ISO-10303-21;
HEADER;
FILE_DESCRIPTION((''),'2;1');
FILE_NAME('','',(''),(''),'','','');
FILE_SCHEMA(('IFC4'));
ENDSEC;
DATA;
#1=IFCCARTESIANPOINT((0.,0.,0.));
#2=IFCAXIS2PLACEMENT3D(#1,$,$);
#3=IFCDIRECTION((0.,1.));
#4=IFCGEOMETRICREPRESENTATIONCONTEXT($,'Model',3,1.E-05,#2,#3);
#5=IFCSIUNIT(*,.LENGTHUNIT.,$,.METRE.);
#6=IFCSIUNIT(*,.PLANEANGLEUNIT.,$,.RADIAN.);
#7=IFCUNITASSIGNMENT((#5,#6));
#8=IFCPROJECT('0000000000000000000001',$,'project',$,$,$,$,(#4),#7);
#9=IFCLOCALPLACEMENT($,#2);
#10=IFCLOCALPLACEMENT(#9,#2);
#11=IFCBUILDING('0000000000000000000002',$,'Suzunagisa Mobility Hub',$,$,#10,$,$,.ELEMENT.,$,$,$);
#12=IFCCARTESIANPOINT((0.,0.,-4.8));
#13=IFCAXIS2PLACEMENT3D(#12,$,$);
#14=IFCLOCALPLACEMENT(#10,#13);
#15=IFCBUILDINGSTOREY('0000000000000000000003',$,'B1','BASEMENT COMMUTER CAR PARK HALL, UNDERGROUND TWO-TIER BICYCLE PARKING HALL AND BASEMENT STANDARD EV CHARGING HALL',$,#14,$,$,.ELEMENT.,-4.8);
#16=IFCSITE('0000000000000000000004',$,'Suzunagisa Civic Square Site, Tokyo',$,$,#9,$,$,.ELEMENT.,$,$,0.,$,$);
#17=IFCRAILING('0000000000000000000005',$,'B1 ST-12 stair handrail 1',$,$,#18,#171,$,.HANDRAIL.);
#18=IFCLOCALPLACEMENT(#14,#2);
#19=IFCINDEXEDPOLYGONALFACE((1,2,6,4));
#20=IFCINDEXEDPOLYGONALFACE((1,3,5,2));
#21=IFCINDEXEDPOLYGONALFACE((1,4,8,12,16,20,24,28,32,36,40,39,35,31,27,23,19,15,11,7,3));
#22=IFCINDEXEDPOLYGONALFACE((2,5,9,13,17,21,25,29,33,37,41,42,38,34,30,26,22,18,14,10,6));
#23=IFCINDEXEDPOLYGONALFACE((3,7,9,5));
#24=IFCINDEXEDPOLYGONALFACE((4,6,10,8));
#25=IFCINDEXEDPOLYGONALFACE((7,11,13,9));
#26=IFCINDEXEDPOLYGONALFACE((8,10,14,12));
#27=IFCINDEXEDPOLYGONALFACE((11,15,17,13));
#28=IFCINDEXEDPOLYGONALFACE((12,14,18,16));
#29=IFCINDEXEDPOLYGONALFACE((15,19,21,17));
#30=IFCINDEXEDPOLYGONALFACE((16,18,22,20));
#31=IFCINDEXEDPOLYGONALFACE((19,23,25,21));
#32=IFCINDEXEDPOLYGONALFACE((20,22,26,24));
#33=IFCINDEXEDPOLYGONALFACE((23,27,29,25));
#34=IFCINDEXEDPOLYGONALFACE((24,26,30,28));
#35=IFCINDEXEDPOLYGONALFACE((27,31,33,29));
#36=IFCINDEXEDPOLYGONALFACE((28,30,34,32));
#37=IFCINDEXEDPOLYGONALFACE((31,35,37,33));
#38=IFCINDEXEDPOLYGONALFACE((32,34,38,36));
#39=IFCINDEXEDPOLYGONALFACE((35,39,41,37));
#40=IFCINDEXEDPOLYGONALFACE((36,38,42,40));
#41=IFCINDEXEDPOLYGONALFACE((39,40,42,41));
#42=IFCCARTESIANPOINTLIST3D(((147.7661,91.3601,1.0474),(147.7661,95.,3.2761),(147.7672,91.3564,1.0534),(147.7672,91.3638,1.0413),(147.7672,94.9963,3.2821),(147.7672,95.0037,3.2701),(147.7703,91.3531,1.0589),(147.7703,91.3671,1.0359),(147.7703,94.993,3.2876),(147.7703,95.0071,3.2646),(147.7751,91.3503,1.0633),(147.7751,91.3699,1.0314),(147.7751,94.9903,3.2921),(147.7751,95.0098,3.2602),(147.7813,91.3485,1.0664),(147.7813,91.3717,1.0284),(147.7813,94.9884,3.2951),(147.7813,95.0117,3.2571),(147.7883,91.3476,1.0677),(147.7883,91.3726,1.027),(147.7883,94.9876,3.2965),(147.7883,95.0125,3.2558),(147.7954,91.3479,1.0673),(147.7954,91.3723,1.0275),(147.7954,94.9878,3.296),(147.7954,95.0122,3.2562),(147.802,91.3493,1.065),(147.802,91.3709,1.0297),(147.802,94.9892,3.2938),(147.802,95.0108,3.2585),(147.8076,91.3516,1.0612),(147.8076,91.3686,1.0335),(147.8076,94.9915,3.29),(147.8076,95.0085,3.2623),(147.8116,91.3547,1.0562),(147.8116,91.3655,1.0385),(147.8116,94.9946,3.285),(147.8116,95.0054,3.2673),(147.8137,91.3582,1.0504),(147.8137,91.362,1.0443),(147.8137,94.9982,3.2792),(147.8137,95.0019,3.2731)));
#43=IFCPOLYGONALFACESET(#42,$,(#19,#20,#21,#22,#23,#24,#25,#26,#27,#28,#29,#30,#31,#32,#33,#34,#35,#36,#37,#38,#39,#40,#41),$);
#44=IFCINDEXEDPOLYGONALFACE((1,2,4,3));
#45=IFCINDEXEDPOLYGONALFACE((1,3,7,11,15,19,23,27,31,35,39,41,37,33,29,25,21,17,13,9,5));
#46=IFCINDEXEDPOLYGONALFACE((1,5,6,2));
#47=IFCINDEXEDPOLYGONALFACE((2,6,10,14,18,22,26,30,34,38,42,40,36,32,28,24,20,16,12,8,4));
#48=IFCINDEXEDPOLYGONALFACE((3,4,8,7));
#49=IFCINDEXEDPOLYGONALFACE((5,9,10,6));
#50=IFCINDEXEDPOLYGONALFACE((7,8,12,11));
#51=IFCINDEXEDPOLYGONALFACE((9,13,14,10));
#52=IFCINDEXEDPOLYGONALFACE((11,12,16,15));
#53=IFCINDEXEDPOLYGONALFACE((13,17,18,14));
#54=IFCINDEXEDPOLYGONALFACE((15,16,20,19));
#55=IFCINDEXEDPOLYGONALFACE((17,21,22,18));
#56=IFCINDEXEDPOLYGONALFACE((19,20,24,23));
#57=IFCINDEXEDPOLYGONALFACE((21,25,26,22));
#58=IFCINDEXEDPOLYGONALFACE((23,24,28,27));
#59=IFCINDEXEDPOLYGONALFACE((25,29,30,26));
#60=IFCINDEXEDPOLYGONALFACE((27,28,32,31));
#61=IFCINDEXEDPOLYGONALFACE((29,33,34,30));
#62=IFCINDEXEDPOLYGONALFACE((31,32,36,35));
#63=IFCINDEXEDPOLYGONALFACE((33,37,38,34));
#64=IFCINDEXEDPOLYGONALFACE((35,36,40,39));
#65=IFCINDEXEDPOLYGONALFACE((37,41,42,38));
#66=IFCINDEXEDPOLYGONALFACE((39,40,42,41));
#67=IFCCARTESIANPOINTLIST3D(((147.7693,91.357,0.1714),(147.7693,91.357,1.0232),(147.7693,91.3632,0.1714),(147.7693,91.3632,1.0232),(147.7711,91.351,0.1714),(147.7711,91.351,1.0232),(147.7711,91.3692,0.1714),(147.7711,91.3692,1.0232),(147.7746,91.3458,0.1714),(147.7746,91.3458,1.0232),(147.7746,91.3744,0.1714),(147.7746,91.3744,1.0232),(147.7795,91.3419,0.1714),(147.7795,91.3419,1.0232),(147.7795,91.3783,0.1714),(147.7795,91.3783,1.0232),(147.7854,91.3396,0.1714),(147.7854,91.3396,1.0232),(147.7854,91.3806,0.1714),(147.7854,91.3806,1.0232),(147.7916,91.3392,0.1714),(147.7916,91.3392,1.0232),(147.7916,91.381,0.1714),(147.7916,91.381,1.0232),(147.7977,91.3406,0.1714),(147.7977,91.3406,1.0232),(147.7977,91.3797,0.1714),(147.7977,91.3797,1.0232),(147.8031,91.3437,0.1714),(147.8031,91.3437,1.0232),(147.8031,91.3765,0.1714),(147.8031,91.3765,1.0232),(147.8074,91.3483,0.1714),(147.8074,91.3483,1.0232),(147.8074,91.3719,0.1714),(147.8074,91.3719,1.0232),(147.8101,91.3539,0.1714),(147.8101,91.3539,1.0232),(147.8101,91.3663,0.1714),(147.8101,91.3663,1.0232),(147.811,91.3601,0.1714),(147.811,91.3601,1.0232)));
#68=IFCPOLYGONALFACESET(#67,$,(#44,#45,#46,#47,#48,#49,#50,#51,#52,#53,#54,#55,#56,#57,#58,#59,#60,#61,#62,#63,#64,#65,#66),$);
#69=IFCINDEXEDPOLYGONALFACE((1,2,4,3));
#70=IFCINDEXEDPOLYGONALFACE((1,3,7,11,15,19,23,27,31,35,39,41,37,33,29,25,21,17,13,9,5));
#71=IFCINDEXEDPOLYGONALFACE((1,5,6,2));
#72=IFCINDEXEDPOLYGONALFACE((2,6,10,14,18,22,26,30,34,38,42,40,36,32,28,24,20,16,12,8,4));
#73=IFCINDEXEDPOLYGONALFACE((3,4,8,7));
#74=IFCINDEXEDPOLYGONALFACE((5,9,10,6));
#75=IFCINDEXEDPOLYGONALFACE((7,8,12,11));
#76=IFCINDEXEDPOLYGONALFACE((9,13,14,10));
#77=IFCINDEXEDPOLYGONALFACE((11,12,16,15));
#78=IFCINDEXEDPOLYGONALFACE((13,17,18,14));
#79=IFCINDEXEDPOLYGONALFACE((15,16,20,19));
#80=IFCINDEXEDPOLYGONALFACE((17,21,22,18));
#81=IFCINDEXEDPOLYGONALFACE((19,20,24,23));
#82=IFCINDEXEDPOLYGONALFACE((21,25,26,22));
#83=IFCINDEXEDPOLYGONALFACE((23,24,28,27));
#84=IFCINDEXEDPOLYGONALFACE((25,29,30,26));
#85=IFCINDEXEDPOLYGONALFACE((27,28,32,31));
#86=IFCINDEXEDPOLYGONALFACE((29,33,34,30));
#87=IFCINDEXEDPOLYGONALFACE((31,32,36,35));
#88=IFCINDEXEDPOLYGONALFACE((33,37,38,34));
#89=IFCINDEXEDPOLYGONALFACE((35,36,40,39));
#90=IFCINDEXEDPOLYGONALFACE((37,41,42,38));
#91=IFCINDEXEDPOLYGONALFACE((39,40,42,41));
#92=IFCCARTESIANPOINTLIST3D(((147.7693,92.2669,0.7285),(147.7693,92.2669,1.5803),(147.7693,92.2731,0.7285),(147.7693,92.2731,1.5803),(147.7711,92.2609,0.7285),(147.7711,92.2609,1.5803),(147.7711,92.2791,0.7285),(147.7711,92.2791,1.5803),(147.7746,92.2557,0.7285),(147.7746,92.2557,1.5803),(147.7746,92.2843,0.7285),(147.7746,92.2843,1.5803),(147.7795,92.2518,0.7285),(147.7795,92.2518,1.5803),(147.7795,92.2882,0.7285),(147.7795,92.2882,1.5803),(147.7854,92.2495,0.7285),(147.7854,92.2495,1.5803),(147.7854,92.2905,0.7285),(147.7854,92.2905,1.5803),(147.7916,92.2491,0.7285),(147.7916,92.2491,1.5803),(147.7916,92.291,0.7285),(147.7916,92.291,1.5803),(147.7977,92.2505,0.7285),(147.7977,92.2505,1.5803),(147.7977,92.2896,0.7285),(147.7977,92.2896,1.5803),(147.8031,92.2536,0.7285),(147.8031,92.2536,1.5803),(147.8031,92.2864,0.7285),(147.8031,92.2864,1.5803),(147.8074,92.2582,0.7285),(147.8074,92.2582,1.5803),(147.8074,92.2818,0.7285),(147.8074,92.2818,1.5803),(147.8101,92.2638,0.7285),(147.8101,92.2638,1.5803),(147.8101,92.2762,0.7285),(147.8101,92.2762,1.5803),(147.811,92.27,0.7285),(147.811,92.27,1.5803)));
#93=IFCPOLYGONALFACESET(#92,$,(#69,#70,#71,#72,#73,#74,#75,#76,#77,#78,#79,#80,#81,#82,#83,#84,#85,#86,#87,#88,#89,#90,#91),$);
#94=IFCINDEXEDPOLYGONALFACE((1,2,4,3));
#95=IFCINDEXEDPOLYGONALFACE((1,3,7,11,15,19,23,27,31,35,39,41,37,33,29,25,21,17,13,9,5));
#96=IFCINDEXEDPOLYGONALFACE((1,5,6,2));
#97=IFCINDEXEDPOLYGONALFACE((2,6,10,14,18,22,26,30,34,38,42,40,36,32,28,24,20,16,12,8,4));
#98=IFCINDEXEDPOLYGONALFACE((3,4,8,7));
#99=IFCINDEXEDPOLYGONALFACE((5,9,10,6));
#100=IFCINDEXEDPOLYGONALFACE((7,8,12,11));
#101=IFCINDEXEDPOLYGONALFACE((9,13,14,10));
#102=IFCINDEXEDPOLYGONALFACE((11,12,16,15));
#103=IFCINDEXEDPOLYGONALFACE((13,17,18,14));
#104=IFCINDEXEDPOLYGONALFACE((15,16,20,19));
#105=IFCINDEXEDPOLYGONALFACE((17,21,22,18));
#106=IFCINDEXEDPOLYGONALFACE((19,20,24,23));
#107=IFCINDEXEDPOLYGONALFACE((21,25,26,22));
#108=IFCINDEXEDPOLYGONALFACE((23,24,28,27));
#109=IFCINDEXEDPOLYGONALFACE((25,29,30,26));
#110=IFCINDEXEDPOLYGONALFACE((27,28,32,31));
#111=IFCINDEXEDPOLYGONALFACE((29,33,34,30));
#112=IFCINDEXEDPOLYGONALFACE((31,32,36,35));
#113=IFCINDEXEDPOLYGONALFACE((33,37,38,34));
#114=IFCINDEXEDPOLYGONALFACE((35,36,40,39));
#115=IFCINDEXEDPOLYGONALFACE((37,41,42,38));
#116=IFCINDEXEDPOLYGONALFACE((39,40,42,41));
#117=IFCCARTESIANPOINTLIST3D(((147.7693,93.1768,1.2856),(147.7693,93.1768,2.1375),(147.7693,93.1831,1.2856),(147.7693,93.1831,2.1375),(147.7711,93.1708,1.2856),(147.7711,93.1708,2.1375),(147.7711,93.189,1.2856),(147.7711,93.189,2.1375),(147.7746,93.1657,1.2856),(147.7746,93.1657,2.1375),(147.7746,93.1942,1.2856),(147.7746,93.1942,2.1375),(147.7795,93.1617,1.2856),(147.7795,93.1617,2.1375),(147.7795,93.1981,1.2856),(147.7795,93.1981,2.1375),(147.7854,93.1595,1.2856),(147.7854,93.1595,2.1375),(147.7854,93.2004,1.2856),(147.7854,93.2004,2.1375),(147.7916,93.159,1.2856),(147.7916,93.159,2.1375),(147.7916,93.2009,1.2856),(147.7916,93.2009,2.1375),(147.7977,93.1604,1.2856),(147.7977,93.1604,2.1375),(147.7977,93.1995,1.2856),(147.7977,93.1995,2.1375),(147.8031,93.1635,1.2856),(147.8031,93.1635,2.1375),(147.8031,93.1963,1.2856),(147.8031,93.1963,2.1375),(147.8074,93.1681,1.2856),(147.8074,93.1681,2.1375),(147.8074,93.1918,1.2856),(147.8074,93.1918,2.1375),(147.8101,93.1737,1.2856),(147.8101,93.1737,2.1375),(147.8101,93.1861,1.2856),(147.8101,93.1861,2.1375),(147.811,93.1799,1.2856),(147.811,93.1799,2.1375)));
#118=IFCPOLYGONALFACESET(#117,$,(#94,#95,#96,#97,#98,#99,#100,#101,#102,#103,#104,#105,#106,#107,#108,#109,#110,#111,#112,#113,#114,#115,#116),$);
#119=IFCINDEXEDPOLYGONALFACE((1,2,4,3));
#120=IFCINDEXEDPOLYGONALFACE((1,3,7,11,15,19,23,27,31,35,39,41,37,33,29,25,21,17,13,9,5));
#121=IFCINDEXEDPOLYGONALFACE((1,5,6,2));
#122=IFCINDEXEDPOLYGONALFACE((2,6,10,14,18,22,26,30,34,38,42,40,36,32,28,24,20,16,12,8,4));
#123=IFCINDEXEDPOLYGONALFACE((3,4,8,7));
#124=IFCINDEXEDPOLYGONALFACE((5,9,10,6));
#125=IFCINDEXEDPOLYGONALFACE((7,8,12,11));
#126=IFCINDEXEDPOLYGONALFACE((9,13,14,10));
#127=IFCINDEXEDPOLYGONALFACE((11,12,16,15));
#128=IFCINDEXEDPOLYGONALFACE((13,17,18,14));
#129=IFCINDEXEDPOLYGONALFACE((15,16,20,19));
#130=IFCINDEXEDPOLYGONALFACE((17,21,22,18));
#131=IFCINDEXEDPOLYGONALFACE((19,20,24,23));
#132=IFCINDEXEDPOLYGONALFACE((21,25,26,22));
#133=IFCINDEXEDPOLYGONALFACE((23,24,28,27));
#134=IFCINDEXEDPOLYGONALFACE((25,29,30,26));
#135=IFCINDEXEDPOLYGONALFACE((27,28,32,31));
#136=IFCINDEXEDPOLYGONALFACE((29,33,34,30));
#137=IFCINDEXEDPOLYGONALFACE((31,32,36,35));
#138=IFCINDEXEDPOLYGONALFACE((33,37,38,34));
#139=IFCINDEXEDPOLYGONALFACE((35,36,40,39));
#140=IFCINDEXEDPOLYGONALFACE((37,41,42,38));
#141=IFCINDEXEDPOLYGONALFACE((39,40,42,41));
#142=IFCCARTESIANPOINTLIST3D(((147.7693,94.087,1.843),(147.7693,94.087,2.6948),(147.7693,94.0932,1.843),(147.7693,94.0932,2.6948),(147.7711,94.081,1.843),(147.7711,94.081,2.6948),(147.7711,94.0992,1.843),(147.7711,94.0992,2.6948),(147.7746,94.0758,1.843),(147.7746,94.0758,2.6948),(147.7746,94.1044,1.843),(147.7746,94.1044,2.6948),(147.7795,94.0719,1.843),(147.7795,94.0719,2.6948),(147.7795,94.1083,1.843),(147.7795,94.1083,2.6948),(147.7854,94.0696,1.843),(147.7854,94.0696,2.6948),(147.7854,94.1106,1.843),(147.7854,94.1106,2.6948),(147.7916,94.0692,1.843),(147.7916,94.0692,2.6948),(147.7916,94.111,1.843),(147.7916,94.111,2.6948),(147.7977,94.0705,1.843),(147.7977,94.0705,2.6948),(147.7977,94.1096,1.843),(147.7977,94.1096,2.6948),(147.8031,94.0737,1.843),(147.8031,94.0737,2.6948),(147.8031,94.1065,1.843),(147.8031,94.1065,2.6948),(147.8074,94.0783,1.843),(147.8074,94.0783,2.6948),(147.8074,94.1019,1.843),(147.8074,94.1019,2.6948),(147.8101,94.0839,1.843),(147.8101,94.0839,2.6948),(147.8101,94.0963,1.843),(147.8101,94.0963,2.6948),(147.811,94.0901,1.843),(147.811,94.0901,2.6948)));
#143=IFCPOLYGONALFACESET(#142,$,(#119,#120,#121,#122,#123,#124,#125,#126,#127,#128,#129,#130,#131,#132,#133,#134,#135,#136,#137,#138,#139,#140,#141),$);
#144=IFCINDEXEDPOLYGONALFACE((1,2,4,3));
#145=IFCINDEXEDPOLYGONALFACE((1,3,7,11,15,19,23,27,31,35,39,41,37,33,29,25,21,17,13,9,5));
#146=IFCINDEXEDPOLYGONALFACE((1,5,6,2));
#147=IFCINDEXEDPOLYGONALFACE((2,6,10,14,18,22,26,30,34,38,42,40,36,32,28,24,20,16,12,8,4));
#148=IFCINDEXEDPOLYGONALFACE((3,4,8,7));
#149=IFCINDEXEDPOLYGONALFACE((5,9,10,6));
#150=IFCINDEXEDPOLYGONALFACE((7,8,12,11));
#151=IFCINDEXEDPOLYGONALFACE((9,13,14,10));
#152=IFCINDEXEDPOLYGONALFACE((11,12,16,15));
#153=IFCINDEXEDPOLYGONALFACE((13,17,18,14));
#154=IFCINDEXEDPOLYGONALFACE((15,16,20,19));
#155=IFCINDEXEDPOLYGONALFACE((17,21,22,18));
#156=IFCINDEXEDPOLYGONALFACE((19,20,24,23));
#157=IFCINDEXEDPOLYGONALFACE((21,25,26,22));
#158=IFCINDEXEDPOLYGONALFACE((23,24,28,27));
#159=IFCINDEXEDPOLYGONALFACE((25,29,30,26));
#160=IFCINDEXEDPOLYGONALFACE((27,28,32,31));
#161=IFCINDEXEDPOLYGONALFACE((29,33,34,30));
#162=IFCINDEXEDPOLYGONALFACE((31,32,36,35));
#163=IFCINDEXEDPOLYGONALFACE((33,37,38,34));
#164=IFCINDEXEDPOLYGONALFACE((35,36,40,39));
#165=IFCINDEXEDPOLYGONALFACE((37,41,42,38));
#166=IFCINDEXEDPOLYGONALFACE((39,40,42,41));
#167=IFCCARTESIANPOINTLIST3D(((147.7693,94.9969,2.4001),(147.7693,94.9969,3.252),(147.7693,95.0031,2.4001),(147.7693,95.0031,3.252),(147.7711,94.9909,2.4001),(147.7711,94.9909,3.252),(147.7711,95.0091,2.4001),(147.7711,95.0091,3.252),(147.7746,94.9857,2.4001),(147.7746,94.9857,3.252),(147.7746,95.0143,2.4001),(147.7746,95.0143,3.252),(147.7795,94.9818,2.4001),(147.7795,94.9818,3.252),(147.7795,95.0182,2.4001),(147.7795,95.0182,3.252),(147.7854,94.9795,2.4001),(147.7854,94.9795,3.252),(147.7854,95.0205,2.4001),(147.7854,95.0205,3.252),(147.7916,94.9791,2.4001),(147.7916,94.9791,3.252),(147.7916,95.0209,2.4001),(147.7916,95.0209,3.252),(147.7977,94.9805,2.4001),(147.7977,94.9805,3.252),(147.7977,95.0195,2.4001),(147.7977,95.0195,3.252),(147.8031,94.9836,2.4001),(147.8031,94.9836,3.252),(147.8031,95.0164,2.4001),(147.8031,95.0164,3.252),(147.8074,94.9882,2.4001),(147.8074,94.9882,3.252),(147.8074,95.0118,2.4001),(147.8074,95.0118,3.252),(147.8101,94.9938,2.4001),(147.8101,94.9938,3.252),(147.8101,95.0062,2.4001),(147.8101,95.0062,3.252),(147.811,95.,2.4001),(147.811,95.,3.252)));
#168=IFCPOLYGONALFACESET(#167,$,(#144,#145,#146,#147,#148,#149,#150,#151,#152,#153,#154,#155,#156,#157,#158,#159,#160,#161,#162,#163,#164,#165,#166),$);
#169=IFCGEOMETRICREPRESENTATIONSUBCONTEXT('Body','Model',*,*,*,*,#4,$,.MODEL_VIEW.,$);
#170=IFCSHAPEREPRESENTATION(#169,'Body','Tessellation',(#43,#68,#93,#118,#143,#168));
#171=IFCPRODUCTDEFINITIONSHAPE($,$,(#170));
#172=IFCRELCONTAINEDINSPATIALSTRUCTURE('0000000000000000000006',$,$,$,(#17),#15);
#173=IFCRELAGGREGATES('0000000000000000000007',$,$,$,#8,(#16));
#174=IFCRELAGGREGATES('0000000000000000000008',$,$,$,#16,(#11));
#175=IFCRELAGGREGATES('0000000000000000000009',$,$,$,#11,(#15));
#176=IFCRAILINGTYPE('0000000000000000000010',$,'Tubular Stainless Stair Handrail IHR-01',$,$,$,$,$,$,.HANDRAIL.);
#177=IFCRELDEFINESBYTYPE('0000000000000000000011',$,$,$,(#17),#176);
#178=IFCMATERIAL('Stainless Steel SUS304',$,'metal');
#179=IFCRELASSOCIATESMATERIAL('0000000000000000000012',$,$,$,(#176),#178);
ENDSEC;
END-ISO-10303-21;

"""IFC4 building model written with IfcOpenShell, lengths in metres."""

from ifc_helpers import new_model, si_unit, direction, frame, origin, origin_2d, place, context, subcontext, project, spatial, circle, extrude, material, type_object, element, save


model = new_model("IFC4")

# Units and contexts
model_context = context("Model", 3, precision=1e-05, world=origin(), true_north=direction((0.0, 1.0)))
body_context = subcontext(model_context, "Body", "Model", "MODEL_VIEW")
ifc_project = project(units=[si_unit("LENGTHUNIT", "METRE"), si_unit("PLANEANGLEUNIT", "RADIAN")], contexts=[model_context])

# Site, building, storey
site_placement = place(None, origin())
site = spatial("IfcSite", under=ifc_project, at=site_placement, Name="Suzunagisa Civic Square Site, Tokyo", CompositionType="ELEMENT", RefElevation=0.0)
building_placement = place(site_placement, origin())
building = spatial("IfcBuilding", under=site, at=building_placement, Name="Suzunagisa Mobility Hub", CompositionType="ELEMENT")
storey_placement = place(building_placement, frame((0.0, 0.0, -4.8)))
storey = spatial("IfcBuildingStorey", under=building, at=storey_placement, Name="B1", Description="BASEMENT COMMUTER CAR PARK HALL, UNDERGROUND TWO-TIER BICYCLE PARKING HALL AND BASEMENT STANDARD EV CHARGING HALL", CompositionType="ELEMENT", Elevation=-4.8)

# Railing
ifc_material_1 = material(Name="Stainless Steel SUS304", Category="metal")
railing_type_1 = type_object("IfcRailingType", Name="Tubular Stainless Stair Handrail IHR-01", PredefinedType="HANDRAIL", material=ifc_material_1)
railing_1_placement = place(storey_placement, frame((147.79, 91.3601, 0.1714)))
element("IfcRailing", 1, at=railing_1_placement, inside=storey, type_object=railing_type_1, Name="B1 ST-12 stair handrail 1", PredefinedType="HANDRAIL", context=body_context, shape_type="SweptSolid", body=[
    extrude(circle(Radius=0.0239, at=origin_2d()), frame((0.0, 0.0, 0.876), z_axis=(0.0, 0.852825, 0.522197), x_axis=(-1.0, 0.0, 0.0)), (0.0, 0.0, 1.0), 4.2681),
    extrude(circle(Radius=0.021, at=origin_2d()), origin(), (0.0, 0.0, 1.0), 0.8518),
    extrude(circle(Radius=0.021, at=origin_2d()), frame((0.0, 0.9099, 0.5571)), (0.0, 0.0, 1.0), 0.8518),
    extrude(circle(Radius=0.021, at=origin_2d()), frame((0.0, 1.8198, 1.1143)), (0.0, 0.0, 1.0), 0.8518),
    extrude(circle(Radius=0.021, at=origin_2d()), frame((0.0, 2.73, 1.6716)), (0.0, 0.0, 1.0), 0.8518),
    extrude(circle(Radius=0.021, at=origin_2d()), frame((0.0, 3.6399, 2.2288)), (0.0, 0.0, 1.0), 0.8518),
])

save(model, "model.ifc")
